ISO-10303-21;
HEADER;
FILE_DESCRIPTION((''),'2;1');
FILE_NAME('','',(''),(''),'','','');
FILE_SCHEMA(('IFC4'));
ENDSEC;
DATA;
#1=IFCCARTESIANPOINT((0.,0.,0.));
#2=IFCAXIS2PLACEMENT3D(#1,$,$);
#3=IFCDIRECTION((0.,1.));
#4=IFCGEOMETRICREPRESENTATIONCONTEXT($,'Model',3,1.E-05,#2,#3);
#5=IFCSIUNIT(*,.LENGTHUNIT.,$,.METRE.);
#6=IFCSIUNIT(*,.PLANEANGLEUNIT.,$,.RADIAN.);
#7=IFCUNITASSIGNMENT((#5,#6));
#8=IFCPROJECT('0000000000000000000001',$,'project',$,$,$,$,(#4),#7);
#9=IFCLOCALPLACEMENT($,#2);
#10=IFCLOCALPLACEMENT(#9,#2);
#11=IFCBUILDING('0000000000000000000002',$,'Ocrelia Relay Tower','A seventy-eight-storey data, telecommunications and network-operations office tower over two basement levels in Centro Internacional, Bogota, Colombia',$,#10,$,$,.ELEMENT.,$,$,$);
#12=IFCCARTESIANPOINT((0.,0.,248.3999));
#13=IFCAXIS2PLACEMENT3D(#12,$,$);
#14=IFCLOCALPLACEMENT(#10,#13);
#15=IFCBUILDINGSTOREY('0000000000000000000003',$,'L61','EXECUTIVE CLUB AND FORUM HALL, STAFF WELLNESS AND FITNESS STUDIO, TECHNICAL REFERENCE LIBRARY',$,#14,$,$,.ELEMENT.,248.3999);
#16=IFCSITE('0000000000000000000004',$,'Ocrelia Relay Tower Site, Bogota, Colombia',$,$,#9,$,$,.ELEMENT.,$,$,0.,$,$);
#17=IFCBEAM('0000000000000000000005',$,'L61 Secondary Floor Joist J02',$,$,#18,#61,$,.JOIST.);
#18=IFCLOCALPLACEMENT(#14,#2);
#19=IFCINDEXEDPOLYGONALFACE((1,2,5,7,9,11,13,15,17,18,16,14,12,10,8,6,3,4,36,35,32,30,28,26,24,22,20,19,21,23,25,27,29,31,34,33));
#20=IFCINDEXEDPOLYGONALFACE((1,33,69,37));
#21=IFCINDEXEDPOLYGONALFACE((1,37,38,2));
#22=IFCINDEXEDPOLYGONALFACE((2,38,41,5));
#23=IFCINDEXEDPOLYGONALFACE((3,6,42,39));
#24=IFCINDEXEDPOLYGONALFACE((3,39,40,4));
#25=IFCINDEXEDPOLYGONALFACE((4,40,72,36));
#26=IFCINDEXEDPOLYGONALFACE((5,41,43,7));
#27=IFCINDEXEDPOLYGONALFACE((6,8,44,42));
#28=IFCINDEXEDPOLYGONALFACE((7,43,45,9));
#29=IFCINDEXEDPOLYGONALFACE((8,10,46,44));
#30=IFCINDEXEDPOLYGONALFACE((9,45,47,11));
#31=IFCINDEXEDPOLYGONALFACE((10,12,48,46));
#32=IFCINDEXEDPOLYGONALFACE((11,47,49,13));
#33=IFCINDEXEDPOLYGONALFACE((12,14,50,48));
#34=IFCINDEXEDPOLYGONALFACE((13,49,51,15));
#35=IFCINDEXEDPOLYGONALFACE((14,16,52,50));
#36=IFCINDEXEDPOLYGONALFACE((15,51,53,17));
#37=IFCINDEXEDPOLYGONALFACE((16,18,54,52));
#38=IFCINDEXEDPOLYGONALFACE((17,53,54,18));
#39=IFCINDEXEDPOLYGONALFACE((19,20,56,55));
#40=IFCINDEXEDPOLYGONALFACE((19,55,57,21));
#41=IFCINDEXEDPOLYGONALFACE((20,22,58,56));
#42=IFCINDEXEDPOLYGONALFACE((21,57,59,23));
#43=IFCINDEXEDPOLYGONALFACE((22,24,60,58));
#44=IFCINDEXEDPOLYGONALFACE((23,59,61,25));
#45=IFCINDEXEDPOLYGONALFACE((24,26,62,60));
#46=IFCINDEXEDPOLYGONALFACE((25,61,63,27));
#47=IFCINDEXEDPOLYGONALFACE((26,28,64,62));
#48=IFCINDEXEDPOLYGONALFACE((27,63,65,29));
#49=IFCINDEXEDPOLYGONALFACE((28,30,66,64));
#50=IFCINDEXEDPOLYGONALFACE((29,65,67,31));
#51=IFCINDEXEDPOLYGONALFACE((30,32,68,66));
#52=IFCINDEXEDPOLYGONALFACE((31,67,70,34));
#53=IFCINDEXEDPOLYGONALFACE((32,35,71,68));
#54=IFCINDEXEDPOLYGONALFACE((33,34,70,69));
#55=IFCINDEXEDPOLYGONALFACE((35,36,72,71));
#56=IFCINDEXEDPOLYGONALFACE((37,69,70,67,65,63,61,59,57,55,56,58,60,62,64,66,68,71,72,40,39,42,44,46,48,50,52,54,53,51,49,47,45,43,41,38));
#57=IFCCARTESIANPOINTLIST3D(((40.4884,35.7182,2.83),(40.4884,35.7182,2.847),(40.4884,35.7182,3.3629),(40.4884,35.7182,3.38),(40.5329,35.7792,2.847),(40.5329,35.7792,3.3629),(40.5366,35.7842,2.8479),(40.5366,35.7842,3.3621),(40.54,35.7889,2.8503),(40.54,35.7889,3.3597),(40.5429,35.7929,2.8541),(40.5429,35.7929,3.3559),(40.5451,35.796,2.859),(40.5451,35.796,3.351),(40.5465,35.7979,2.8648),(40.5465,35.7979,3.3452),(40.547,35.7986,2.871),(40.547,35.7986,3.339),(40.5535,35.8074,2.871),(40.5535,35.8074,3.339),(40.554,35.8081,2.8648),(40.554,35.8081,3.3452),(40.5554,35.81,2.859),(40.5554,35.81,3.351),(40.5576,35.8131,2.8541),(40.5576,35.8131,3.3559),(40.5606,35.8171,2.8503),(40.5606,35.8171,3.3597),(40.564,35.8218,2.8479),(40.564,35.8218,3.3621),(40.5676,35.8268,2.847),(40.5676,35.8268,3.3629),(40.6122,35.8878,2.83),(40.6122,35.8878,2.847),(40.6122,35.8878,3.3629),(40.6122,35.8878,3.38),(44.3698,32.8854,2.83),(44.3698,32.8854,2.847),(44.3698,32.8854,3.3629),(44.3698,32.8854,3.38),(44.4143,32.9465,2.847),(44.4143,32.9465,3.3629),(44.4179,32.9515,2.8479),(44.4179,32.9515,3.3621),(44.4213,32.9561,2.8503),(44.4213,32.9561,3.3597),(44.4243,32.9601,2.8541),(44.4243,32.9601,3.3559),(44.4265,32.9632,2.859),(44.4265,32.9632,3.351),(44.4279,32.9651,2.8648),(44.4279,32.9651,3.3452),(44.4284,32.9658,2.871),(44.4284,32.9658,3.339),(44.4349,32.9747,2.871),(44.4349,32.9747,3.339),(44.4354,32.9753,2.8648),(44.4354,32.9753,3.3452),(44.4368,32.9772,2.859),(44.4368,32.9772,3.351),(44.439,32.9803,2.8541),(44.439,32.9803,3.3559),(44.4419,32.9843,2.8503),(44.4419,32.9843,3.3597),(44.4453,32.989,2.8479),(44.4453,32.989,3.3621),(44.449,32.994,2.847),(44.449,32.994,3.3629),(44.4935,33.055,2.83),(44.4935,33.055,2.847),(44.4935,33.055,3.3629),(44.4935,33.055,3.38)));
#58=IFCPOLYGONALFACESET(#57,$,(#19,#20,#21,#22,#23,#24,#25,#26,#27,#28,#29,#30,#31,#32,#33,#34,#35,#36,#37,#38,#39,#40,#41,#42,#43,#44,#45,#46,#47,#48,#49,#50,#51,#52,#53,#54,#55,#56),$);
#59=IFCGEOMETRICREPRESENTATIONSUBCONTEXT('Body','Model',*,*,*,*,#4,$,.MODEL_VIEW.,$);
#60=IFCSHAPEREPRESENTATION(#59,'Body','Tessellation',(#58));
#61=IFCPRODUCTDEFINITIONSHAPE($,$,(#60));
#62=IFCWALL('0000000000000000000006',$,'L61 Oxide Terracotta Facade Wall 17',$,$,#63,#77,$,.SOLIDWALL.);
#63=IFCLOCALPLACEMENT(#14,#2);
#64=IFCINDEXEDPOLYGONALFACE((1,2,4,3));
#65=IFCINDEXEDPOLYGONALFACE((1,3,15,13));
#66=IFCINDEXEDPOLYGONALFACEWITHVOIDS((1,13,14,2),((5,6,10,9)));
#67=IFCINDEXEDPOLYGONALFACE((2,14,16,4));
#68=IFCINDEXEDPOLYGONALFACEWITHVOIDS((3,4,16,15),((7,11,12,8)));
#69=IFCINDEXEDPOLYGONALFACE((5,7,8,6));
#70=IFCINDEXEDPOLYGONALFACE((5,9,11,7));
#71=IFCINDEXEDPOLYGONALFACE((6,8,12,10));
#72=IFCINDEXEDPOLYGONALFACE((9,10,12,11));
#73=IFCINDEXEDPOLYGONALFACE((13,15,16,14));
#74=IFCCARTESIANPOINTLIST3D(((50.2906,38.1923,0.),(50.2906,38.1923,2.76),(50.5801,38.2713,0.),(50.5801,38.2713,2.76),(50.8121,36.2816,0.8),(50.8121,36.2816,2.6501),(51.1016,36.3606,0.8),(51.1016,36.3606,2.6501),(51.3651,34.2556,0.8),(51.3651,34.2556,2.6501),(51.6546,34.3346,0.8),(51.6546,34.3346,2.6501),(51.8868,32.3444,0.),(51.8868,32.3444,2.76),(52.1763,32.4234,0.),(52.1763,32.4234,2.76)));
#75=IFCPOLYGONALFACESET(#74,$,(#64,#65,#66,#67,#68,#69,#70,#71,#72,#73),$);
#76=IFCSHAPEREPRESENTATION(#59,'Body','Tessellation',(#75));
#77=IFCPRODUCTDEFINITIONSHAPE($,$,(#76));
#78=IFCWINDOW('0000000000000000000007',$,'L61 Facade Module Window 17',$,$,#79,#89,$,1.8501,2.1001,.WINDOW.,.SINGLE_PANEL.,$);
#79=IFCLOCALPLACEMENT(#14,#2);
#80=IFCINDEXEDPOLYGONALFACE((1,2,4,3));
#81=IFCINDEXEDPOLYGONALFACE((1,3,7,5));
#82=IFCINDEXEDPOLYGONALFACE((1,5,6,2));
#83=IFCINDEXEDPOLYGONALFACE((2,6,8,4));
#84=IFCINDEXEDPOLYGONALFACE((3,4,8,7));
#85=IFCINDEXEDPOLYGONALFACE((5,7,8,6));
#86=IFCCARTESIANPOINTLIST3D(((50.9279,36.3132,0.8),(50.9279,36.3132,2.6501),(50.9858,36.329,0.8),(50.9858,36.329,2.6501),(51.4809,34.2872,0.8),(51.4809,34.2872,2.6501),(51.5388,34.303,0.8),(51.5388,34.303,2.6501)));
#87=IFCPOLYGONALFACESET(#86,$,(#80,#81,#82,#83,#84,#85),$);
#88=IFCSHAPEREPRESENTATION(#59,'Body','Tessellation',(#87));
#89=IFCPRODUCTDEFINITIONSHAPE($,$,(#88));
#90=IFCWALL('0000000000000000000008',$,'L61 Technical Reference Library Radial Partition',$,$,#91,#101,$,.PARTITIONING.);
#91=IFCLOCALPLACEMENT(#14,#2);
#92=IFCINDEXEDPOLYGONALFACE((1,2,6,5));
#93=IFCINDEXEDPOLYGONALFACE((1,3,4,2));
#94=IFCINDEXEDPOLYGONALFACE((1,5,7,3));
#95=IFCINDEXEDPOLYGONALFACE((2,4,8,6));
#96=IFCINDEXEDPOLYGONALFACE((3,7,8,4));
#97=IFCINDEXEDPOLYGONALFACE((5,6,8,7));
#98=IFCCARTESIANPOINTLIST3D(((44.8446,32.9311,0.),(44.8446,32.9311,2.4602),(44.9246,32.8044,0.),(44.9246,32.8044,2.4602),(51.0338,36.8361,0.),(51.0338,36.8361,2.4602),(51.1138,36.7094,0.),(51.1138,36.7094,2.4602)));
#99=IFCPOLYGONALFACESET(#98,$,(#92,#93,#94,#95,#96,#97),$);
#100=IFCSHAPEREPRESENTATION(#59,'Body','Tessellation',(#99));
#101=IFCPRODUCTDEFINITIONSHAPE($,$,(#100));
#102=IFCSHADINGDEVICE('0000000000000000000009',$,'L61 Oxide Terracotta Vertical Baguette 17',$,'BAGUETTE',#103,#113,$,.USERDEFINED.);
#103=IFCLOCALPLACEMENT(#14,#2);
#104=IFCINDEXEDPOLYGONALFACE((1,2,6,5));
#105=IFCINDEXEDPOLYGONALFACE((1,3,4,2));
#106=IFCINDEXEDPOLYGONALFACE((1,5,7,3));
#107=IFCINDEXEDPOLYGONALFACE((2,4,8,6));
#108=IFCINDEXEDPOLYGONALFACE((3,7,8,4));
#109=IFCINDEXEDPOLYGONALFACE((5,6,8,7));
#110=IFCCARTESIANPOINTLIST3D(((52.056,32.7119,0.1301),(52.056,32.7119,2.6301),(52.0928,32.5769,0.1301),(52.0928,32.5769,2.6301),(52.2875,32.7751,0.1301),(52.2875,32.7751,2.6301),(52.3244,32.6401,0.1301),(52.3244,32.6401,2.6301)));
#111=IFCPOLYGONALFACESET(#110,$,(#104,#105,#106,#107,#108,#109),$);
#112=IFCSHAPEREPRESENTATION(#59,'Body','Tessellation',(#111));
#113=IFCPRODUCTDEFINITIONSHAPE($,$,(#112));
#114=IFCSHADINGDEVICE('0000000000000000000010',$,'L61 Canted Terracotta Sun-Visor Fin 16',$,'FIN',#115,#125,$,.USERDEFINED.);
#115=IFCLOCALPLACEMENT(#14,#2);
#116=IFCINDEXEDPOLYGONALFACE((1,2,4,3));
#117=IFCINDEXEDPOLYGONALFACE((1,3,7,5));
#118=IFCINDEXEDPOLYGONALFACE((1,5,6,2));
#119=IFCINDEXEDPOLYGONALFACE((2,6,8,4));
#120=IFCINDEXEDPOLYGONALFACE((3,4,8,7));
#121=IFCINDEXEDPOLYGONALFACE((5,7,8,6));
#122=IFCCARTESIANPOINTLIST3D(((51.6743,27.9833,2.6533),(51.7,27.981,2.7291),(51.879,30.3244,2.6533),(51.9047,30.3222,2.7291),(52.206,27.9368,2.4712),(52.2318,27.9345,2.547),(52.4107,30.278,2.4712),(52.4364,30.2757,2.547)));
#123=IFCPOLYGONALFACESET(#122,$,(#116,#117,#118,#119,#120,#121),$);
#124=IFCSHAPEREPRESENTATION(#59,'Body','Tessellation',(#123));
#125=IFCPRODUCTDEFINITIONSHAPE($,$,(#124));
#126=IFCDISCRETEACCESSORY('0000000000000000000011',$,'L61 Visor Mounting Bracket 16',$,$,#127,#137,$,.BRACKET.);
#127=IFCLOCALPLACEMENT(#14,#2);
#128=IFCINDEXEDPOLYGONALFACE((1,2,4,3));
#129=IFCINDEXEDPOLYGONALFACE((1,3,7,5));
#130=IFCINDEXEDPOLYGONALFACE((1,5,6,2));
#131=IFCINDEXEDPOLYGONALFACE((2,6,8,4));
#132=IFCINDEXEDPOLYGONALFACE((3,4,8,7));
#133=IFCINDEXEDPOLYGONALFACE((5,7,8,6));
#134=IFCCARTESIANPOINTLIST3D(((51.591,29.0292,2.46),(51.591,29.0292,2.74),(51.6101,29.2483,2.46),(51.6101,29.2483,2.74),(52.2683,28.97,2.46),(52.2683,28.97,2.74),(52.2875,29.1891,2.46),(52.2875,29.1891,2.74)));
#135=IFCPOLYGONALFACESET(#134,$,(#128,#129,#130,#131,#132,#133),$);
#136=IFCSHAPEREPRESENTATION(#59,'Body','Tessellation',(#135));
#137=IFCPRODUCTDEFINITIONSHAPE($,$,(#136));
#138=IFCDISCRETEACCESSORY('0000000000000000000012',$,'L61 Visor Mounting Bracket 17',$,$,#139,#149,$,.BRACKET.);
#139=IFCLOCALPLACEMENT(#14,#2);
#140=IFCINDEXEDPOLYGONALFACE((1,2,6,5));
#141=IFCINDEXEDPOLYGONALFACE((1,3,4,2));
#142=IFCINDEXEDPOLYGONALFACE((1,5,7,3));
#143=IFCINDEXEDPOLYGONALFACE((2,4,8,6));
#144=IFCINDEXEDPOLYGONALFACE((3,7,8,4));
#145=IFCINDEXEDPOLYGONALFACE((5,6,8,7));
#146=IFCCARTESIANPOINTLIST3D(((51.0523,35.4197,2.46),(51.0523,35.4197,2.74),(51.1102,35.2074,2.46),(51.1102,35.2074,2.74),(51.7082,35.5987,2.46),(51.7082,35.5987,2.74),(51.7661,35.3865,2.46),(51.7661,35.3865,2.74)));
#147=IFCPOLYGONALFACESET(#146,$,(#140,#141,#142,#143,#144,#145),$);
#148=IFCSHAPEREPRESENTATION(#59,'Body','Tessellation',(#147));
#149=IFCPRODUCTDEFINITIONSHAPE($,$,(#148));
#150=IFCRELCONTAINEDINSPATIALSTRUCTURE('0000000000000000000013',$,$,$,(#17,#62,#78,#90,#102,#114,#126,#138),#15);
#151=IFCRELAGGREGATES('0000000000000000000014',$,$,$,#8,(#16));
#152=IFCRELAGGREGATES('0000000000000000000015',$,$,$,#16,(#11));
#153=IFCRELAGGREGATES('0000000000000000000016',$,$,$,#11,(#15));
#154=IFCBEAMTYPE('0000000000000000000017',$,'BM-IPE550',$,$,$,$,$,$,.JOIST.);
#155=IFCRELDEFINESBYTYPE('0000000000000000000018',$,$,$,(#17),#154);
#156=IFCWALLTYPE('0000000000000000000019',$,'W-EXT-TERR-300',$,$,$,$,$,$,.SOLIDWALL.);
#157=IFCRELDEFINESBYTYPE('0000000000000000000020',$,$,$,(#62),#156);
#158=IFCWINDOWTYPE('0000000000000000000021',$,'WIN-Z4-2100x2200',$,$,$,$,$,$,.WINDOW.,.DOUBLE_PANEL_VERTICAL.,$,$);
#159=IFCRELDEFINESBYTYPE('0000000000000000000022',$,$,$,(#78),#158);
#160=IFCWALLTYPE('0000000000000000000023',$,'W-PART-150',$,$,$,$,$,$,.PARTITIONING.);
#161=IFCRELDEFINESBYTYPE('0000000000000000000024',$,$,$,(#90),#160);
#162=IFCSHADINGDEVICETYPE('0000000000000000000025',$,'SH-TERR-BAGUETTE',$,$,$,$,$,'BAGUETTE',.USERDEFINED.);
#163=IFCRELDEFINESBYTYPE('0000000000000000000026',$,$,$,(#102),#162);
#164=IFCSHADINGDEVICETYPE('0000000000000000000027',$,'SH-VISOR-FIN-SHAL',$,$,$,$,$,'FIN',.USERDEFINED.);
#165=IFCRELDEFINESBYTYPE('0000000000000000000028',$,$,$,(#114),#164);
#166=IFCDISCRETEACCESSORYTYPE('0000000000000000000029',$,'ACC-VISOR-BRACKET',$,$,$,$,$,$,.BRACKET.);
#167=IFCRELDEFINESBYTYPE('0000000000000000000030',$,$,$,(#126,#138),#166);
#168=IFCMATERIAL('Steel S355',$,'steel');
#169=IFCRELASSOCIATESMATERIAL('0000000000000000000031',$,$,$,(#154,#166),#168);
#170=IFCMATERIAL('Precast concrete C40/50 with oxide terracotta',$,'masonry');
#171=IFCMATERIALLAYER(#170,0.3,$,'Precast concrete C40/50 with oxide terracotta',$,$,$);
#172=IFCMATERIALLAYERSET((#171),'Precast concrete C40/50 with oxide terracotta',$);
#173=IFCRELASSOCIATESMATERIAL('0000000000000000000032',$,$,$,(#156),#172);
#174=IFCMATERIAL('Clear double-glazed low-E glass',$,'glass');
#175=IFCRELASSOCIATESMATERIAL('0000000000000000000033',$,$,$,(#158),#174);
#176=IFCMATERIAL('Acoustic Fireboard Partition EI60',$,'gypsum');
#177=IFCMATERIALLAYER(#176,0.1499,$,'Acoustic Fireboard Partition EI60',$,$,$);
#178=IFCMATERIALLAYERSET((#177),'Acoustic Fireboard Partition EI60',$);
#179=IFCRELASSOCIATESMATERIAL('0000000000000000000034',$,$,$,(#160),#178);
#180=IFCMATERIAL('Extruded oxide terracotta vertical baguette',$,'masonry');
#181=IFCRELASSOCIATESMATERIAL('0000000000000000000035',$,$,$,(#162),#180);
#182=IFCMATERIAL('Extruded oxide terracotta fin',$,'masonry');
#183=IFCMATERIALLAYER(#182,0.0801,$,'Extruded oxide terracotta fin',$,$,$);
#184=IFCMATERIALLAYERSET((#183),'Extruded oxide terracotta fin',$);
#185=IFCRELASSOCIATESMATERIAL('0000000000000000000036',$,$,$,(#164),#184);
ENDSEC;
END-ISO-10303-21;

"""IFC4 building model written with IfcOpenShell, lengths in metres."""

from ifc_helpers import new_model, si_unit, direction, frame, frame_2d, origin, origin_2d, place, context, subcontext, project, spatial, rectangle, i_section, extrude, material, layer, layer_set, material_profile, profile_set, type_object, element, fill, save


model = new_model("IFC4")

# Units and contexts
model_context = context("Model", 3, precision=1e-05, world=origin(), true_north=direction((0.0, 1.0)))
body_context = subcontext(model_context, "Body", "Model", "MODEL_VIEW")
ifc_project = project(units=[si_unit("LENGTHUNIT", "METRE"), si_unit("PLANEANGLEUNIT", "RADIAN")], contexts=[model_context])

# Site, building, storey
site_placement = place(None, origin())
site = spatial("IfcSite", under=ifc_project, at=site_placement, Name="Ocrelia Relay Tower Site, Bogota, Colombia", CompositionType="ELEMENT", RefElevation=0.0)
building_placement = place(site_placement, origin())
building = spatial("IfcBuilding", under=site, at=building_placement, Name="Ocrelia Relay Tower", Description="A seventy-eight-storey data, telecommunications and network-operations office tower over two basement levels in Centro Internacional, Bogota, Colombia", CompositionType="ELEMENT")
storey_placement = place(building_placement, frame((0.0, 0.0, 248.3999)))
storey = spatial("IfcBuildingStorey", under=building, at=storey_placement, Name="L61", Description="EXECUTIVE CLUB AND FORUM HALL, STAFF WELLNESS AND FITNESS STUDIO, TECHNICAL REFERENCE LIBRARY", CompositionType="ELEMENT", Elevation=248.3999)

# Beam
ifc_material_1 = material(Name="Steel S355", Category="steel")
ifc_material_profile_1 = material_profile(ifc_material_1, i_section(OverallWidth=0.21, OverallDepth=0.55, WebThickness=0.011, FlangeThickness=0.0171, FilletRadius=0.0239, at=origin_2d()), Name="IPE 550")
ifc_profile_set_1 = profile_set([ifc_material_profile_1], Name="Steel S355")
beam_type_1 = type_object("IfcBeamType", Name="BM-IPE550", PredefinedType="JOIST", material=ifc_profile_set_1)
beam_1_placement = place(storey_placement, frame((44.4316, 32.9702, 3.105), z_axis=(-0.807748, 0.589527, 0.0), x_axis=(-0.589527, -0.807748, 0.0)))
element("IfcBeam", 1, at=beam_1_placement, inside=storey, type_object=beam_type_1, Name="L61 Secondary Floor Joist J02", PredefinedType="JOIST", context=body_context, shape_type="SweptSolid", body=[
    extrude(i_section(OverallWidth=0.21, OverallDepth=0.55, WebThickness=0.011, FlangeThickness=0.0171, FilletRadius=0.0239, at=origin_2d()), origin(), (0.0, 0.0, 1.0), 4.8052),
])

# Wall, opening, window
ifc_material_2 = material(Name="Precast concrete C40/50 with oxide terracotta", Category="masonry")
ifc_layer_1 = layer(ifc_material_2, 0.3, Name="Precast concrete C40/50 with oxide terracotta")
ifc_layer_set_1 = layer_set([ifc_layer_1], Name="Precast concrete C40/50 with oxide terracotta")
wall_type_1 = type_object("IfcWallType", Name="W-EXT-TERR-300", PredefinedType="SOLIDWALL", material=ifc_layer_set_1)
wall_1_placement = place(storey_placement, frame((52.0315, 32.384, 0.0), z_axis=(0.0, 0.0, 1.0), x_axis=(-0.263318, 0.964709, 0.0)))
wall_1 = element("IfcWall", 2, at=wall_1_placement, inside=storey, type_object=wall_type_1, Name="L61 Oxide Terracotta Facade Wall 17", PredefinedType="SOLIDWALL", context=body_context, shape_type="SweptSolid", body=[
    extrude(rectangle(XDim=6.0618, YDim=0.3, at=frame_2d((3.0308, 0.0))), origin(), (0.0, 0.0, 1.0), 2.76),
])
opening_1_placement = place(wall_1_placement, frame((1.981, 0.0, 0.8)))
opening_1 = element("IfcOpeningElement", 3, at=opening_1_placement, cuts=wall_1, PredefinedType="OPENING", context=body_context, shape_type="SweptSolid", body=[
    extrude(rectangle(XDim=2.1001, YDim=1.8501, at=frame_2d((1.05, 0.925))), frame((0.0, 0.1602, 0.0), z_axis=(0.0, -1.0, 0.0), x_axis=(1.0, 0.0, 0.0)), (0.0, 0.0, 1.0), 0.3201),
])
ifc_material_3 = material(Name="Clear double-glazed low-E glass", Category="glass")
window_type = type_object("IfcWindowType", Name="WIN-Z4-2100x2200", PartitioningType="DOUBLE_PANEL_VERTICAL", PredefinedType="WINDOW", material=ifc_material_3)
window_placement = place(opening_1_placement, origin())
window = element("IfcWindow", 4, at=window_placement, inside=storey, type_object=window_type, Name="L61 Facade Module Window 17", OverallHeight=1.8501, OverallWidth=2.1001, PartitioningType="SINGLE_PANEL", PredefinedType="WINDOW", context=body_context, shape_type="SweptSolid", body=[
    extrude(rectangle(XDim=2.1001, YDim=1.8501, at=frame_2d((1.05, 0.925))), frame((0.0, 0.03, 0.0), z_axis=(0.0, -1.0, 0.0), x_axis=(1.0, 0.0, 0.0)), (0.0, 0.0, 1.0), 0.0601),
])
fill(opening_1, window)

# Wall
ifc_material_4 = material(Name="Acoustic Fireboard Partition EI60", Category="gypsum")
ifc_layer_2 = layer(ifc_material_4, 0.1499, Name="Acoustic Fireboard Partition EI60")
ifc_layer_set_2 = layer_set([ifc_layer_2], Name="Acoustic Fireboard Partition EI60")
wall_type_2 = type_object("IfcWallType", Name="W-PART-150", PredefinedType="PARTITIONING", material=ifc_layer_set_2)
wall_2_placement = place(storey_placement, frame((44.8845, 32.8677, 0.0), z_axis=(0.0, 0.0, 1.0), x_axis=(0.845732, 0.533608, 0.0)))
element("IfcWall", 5, at=wall_2_placement, inside=storey, type_object=wall_type_2, Name="L61 Technical Reference Library Radial Partition", PredefinedType="PARTITIONING", context=body_context, shape_type="SweptSolid", body=[
    extrude(rectangle(XDim=7.3181, YDim=0.1499, at=frame_2d((3.6592, 0.0))), origin(), (0.0, 0.0, 1.0), 2.4602),
])

# Shading devices
ifc_material_5 = material(Name="Extruded oxide terracotta vertical baguette", Category="masonry")
shading_device_type_1 = type_object("IfcShadingDeviceType", Name="SH-TERR-BAGUETTE", ElementType="BAGUETTE", PredefinedType="USERDEFINED", material=ifc_material_5)
shading_device_1_placement = place(storey_placement, frame((52.1902, 32.676, 0.1301), z_axis=(0.0, 0.0, 1.0), x_axis=(-0.263335, 0.964704, 0.0)))
element("IfcShadingDevice", 6, at=shading_device_1_placement, inside=storey, type_object=shading_device_type_1, Name="L61 Oxide Terracotta Vertical Baguette 17", ObjectType="BAGUETTE", PredefinedType="USERDEFINED", context=body_context, shape_type="SweptSolid", body=[
    extrude(rectangle(XDim=0.1399, YDim=0.24, at=origin_2d()), origin(), (0.0, 0.0, 1.0), 2.5),
])
ifc_material_6 = material(Name="Extruded oxide terracotta fin", Category="masonry")
ifc_layer_3 = layer(ifc_material_6, 0.0801, Name="Extruded oxide terracotta fin")
ifc_layer_set_3 = layer_set([ifc_layer_3], Name="Extruded oxide terracotta fin")
shading_device_type_2 = type_object("IfcShadingDeviceType", Name="SH-VISOR-FIN-SHAL", ElementType="FIN", PredefinedType="USERDEFINED", material=ifc_layer_set_3)
shading_device_2_placement = place(storey_placement, frame((52.0425, 29.1306, 2.5623), z_axis=(0.321699, -0.028126, 0.946424), x_axis=(0.087097, 0.9962, 0.0)))
element("IfcShadingDevice", 7, at=shading_device_2_placement, inside=storey, type_object=shading_device_type_2, Name="L61 Canted Terracotta Sun-Visor Fin 16", ObjectType="FIN", PredefinedType="USERDEFINED", context=body_context, shape_type="SweptSolid", body=[
    extrude(rectangle(XDim=2.3501, YDim=0.564, at=origin_2d()), origin(), (0.0, 0.0, 1.0), 0.0801),
])

# Discrete accessories
discrete_accessory_type = type_object("IfcDiscreteAccessoryType", Name="ACC-VISOR-BRACKET", PredefinedType="BRACKET", material=ifc_material_1)
for number, where, z_axis, x_axis, name in (
    (8, (51.9392, 29.1091, 2.46), (0.0, 0.0, 1.0), (0.087097, 0.9962, 0.0), "L61 Visor Mounting Bracket 16"),
    (9, (51.4092, 35.4031, 2.46), (0.0, 0.0, 1.0), (-0.263335, 0.964704, 0.0), "L61 Visor Mounting Bracket 17"),
):
    element("IfcDiscreteAccessory", number, at=place(storey_placement, frame(where, z_axis=z_axis, x_axis=x_axis)), inside=storey, type_object=discrete_accessory_type, Name=name, PredefinedType="BRACKET", context=body_context, shape_type="SweptSolid", body=[
        extrude(rectangle(XDim=0.22, YDim=0.6799, at=origin_2d()), origin(), (0.0, 0.0, 1.0), 0.28),
    ])

save(model, "model.ifc")
